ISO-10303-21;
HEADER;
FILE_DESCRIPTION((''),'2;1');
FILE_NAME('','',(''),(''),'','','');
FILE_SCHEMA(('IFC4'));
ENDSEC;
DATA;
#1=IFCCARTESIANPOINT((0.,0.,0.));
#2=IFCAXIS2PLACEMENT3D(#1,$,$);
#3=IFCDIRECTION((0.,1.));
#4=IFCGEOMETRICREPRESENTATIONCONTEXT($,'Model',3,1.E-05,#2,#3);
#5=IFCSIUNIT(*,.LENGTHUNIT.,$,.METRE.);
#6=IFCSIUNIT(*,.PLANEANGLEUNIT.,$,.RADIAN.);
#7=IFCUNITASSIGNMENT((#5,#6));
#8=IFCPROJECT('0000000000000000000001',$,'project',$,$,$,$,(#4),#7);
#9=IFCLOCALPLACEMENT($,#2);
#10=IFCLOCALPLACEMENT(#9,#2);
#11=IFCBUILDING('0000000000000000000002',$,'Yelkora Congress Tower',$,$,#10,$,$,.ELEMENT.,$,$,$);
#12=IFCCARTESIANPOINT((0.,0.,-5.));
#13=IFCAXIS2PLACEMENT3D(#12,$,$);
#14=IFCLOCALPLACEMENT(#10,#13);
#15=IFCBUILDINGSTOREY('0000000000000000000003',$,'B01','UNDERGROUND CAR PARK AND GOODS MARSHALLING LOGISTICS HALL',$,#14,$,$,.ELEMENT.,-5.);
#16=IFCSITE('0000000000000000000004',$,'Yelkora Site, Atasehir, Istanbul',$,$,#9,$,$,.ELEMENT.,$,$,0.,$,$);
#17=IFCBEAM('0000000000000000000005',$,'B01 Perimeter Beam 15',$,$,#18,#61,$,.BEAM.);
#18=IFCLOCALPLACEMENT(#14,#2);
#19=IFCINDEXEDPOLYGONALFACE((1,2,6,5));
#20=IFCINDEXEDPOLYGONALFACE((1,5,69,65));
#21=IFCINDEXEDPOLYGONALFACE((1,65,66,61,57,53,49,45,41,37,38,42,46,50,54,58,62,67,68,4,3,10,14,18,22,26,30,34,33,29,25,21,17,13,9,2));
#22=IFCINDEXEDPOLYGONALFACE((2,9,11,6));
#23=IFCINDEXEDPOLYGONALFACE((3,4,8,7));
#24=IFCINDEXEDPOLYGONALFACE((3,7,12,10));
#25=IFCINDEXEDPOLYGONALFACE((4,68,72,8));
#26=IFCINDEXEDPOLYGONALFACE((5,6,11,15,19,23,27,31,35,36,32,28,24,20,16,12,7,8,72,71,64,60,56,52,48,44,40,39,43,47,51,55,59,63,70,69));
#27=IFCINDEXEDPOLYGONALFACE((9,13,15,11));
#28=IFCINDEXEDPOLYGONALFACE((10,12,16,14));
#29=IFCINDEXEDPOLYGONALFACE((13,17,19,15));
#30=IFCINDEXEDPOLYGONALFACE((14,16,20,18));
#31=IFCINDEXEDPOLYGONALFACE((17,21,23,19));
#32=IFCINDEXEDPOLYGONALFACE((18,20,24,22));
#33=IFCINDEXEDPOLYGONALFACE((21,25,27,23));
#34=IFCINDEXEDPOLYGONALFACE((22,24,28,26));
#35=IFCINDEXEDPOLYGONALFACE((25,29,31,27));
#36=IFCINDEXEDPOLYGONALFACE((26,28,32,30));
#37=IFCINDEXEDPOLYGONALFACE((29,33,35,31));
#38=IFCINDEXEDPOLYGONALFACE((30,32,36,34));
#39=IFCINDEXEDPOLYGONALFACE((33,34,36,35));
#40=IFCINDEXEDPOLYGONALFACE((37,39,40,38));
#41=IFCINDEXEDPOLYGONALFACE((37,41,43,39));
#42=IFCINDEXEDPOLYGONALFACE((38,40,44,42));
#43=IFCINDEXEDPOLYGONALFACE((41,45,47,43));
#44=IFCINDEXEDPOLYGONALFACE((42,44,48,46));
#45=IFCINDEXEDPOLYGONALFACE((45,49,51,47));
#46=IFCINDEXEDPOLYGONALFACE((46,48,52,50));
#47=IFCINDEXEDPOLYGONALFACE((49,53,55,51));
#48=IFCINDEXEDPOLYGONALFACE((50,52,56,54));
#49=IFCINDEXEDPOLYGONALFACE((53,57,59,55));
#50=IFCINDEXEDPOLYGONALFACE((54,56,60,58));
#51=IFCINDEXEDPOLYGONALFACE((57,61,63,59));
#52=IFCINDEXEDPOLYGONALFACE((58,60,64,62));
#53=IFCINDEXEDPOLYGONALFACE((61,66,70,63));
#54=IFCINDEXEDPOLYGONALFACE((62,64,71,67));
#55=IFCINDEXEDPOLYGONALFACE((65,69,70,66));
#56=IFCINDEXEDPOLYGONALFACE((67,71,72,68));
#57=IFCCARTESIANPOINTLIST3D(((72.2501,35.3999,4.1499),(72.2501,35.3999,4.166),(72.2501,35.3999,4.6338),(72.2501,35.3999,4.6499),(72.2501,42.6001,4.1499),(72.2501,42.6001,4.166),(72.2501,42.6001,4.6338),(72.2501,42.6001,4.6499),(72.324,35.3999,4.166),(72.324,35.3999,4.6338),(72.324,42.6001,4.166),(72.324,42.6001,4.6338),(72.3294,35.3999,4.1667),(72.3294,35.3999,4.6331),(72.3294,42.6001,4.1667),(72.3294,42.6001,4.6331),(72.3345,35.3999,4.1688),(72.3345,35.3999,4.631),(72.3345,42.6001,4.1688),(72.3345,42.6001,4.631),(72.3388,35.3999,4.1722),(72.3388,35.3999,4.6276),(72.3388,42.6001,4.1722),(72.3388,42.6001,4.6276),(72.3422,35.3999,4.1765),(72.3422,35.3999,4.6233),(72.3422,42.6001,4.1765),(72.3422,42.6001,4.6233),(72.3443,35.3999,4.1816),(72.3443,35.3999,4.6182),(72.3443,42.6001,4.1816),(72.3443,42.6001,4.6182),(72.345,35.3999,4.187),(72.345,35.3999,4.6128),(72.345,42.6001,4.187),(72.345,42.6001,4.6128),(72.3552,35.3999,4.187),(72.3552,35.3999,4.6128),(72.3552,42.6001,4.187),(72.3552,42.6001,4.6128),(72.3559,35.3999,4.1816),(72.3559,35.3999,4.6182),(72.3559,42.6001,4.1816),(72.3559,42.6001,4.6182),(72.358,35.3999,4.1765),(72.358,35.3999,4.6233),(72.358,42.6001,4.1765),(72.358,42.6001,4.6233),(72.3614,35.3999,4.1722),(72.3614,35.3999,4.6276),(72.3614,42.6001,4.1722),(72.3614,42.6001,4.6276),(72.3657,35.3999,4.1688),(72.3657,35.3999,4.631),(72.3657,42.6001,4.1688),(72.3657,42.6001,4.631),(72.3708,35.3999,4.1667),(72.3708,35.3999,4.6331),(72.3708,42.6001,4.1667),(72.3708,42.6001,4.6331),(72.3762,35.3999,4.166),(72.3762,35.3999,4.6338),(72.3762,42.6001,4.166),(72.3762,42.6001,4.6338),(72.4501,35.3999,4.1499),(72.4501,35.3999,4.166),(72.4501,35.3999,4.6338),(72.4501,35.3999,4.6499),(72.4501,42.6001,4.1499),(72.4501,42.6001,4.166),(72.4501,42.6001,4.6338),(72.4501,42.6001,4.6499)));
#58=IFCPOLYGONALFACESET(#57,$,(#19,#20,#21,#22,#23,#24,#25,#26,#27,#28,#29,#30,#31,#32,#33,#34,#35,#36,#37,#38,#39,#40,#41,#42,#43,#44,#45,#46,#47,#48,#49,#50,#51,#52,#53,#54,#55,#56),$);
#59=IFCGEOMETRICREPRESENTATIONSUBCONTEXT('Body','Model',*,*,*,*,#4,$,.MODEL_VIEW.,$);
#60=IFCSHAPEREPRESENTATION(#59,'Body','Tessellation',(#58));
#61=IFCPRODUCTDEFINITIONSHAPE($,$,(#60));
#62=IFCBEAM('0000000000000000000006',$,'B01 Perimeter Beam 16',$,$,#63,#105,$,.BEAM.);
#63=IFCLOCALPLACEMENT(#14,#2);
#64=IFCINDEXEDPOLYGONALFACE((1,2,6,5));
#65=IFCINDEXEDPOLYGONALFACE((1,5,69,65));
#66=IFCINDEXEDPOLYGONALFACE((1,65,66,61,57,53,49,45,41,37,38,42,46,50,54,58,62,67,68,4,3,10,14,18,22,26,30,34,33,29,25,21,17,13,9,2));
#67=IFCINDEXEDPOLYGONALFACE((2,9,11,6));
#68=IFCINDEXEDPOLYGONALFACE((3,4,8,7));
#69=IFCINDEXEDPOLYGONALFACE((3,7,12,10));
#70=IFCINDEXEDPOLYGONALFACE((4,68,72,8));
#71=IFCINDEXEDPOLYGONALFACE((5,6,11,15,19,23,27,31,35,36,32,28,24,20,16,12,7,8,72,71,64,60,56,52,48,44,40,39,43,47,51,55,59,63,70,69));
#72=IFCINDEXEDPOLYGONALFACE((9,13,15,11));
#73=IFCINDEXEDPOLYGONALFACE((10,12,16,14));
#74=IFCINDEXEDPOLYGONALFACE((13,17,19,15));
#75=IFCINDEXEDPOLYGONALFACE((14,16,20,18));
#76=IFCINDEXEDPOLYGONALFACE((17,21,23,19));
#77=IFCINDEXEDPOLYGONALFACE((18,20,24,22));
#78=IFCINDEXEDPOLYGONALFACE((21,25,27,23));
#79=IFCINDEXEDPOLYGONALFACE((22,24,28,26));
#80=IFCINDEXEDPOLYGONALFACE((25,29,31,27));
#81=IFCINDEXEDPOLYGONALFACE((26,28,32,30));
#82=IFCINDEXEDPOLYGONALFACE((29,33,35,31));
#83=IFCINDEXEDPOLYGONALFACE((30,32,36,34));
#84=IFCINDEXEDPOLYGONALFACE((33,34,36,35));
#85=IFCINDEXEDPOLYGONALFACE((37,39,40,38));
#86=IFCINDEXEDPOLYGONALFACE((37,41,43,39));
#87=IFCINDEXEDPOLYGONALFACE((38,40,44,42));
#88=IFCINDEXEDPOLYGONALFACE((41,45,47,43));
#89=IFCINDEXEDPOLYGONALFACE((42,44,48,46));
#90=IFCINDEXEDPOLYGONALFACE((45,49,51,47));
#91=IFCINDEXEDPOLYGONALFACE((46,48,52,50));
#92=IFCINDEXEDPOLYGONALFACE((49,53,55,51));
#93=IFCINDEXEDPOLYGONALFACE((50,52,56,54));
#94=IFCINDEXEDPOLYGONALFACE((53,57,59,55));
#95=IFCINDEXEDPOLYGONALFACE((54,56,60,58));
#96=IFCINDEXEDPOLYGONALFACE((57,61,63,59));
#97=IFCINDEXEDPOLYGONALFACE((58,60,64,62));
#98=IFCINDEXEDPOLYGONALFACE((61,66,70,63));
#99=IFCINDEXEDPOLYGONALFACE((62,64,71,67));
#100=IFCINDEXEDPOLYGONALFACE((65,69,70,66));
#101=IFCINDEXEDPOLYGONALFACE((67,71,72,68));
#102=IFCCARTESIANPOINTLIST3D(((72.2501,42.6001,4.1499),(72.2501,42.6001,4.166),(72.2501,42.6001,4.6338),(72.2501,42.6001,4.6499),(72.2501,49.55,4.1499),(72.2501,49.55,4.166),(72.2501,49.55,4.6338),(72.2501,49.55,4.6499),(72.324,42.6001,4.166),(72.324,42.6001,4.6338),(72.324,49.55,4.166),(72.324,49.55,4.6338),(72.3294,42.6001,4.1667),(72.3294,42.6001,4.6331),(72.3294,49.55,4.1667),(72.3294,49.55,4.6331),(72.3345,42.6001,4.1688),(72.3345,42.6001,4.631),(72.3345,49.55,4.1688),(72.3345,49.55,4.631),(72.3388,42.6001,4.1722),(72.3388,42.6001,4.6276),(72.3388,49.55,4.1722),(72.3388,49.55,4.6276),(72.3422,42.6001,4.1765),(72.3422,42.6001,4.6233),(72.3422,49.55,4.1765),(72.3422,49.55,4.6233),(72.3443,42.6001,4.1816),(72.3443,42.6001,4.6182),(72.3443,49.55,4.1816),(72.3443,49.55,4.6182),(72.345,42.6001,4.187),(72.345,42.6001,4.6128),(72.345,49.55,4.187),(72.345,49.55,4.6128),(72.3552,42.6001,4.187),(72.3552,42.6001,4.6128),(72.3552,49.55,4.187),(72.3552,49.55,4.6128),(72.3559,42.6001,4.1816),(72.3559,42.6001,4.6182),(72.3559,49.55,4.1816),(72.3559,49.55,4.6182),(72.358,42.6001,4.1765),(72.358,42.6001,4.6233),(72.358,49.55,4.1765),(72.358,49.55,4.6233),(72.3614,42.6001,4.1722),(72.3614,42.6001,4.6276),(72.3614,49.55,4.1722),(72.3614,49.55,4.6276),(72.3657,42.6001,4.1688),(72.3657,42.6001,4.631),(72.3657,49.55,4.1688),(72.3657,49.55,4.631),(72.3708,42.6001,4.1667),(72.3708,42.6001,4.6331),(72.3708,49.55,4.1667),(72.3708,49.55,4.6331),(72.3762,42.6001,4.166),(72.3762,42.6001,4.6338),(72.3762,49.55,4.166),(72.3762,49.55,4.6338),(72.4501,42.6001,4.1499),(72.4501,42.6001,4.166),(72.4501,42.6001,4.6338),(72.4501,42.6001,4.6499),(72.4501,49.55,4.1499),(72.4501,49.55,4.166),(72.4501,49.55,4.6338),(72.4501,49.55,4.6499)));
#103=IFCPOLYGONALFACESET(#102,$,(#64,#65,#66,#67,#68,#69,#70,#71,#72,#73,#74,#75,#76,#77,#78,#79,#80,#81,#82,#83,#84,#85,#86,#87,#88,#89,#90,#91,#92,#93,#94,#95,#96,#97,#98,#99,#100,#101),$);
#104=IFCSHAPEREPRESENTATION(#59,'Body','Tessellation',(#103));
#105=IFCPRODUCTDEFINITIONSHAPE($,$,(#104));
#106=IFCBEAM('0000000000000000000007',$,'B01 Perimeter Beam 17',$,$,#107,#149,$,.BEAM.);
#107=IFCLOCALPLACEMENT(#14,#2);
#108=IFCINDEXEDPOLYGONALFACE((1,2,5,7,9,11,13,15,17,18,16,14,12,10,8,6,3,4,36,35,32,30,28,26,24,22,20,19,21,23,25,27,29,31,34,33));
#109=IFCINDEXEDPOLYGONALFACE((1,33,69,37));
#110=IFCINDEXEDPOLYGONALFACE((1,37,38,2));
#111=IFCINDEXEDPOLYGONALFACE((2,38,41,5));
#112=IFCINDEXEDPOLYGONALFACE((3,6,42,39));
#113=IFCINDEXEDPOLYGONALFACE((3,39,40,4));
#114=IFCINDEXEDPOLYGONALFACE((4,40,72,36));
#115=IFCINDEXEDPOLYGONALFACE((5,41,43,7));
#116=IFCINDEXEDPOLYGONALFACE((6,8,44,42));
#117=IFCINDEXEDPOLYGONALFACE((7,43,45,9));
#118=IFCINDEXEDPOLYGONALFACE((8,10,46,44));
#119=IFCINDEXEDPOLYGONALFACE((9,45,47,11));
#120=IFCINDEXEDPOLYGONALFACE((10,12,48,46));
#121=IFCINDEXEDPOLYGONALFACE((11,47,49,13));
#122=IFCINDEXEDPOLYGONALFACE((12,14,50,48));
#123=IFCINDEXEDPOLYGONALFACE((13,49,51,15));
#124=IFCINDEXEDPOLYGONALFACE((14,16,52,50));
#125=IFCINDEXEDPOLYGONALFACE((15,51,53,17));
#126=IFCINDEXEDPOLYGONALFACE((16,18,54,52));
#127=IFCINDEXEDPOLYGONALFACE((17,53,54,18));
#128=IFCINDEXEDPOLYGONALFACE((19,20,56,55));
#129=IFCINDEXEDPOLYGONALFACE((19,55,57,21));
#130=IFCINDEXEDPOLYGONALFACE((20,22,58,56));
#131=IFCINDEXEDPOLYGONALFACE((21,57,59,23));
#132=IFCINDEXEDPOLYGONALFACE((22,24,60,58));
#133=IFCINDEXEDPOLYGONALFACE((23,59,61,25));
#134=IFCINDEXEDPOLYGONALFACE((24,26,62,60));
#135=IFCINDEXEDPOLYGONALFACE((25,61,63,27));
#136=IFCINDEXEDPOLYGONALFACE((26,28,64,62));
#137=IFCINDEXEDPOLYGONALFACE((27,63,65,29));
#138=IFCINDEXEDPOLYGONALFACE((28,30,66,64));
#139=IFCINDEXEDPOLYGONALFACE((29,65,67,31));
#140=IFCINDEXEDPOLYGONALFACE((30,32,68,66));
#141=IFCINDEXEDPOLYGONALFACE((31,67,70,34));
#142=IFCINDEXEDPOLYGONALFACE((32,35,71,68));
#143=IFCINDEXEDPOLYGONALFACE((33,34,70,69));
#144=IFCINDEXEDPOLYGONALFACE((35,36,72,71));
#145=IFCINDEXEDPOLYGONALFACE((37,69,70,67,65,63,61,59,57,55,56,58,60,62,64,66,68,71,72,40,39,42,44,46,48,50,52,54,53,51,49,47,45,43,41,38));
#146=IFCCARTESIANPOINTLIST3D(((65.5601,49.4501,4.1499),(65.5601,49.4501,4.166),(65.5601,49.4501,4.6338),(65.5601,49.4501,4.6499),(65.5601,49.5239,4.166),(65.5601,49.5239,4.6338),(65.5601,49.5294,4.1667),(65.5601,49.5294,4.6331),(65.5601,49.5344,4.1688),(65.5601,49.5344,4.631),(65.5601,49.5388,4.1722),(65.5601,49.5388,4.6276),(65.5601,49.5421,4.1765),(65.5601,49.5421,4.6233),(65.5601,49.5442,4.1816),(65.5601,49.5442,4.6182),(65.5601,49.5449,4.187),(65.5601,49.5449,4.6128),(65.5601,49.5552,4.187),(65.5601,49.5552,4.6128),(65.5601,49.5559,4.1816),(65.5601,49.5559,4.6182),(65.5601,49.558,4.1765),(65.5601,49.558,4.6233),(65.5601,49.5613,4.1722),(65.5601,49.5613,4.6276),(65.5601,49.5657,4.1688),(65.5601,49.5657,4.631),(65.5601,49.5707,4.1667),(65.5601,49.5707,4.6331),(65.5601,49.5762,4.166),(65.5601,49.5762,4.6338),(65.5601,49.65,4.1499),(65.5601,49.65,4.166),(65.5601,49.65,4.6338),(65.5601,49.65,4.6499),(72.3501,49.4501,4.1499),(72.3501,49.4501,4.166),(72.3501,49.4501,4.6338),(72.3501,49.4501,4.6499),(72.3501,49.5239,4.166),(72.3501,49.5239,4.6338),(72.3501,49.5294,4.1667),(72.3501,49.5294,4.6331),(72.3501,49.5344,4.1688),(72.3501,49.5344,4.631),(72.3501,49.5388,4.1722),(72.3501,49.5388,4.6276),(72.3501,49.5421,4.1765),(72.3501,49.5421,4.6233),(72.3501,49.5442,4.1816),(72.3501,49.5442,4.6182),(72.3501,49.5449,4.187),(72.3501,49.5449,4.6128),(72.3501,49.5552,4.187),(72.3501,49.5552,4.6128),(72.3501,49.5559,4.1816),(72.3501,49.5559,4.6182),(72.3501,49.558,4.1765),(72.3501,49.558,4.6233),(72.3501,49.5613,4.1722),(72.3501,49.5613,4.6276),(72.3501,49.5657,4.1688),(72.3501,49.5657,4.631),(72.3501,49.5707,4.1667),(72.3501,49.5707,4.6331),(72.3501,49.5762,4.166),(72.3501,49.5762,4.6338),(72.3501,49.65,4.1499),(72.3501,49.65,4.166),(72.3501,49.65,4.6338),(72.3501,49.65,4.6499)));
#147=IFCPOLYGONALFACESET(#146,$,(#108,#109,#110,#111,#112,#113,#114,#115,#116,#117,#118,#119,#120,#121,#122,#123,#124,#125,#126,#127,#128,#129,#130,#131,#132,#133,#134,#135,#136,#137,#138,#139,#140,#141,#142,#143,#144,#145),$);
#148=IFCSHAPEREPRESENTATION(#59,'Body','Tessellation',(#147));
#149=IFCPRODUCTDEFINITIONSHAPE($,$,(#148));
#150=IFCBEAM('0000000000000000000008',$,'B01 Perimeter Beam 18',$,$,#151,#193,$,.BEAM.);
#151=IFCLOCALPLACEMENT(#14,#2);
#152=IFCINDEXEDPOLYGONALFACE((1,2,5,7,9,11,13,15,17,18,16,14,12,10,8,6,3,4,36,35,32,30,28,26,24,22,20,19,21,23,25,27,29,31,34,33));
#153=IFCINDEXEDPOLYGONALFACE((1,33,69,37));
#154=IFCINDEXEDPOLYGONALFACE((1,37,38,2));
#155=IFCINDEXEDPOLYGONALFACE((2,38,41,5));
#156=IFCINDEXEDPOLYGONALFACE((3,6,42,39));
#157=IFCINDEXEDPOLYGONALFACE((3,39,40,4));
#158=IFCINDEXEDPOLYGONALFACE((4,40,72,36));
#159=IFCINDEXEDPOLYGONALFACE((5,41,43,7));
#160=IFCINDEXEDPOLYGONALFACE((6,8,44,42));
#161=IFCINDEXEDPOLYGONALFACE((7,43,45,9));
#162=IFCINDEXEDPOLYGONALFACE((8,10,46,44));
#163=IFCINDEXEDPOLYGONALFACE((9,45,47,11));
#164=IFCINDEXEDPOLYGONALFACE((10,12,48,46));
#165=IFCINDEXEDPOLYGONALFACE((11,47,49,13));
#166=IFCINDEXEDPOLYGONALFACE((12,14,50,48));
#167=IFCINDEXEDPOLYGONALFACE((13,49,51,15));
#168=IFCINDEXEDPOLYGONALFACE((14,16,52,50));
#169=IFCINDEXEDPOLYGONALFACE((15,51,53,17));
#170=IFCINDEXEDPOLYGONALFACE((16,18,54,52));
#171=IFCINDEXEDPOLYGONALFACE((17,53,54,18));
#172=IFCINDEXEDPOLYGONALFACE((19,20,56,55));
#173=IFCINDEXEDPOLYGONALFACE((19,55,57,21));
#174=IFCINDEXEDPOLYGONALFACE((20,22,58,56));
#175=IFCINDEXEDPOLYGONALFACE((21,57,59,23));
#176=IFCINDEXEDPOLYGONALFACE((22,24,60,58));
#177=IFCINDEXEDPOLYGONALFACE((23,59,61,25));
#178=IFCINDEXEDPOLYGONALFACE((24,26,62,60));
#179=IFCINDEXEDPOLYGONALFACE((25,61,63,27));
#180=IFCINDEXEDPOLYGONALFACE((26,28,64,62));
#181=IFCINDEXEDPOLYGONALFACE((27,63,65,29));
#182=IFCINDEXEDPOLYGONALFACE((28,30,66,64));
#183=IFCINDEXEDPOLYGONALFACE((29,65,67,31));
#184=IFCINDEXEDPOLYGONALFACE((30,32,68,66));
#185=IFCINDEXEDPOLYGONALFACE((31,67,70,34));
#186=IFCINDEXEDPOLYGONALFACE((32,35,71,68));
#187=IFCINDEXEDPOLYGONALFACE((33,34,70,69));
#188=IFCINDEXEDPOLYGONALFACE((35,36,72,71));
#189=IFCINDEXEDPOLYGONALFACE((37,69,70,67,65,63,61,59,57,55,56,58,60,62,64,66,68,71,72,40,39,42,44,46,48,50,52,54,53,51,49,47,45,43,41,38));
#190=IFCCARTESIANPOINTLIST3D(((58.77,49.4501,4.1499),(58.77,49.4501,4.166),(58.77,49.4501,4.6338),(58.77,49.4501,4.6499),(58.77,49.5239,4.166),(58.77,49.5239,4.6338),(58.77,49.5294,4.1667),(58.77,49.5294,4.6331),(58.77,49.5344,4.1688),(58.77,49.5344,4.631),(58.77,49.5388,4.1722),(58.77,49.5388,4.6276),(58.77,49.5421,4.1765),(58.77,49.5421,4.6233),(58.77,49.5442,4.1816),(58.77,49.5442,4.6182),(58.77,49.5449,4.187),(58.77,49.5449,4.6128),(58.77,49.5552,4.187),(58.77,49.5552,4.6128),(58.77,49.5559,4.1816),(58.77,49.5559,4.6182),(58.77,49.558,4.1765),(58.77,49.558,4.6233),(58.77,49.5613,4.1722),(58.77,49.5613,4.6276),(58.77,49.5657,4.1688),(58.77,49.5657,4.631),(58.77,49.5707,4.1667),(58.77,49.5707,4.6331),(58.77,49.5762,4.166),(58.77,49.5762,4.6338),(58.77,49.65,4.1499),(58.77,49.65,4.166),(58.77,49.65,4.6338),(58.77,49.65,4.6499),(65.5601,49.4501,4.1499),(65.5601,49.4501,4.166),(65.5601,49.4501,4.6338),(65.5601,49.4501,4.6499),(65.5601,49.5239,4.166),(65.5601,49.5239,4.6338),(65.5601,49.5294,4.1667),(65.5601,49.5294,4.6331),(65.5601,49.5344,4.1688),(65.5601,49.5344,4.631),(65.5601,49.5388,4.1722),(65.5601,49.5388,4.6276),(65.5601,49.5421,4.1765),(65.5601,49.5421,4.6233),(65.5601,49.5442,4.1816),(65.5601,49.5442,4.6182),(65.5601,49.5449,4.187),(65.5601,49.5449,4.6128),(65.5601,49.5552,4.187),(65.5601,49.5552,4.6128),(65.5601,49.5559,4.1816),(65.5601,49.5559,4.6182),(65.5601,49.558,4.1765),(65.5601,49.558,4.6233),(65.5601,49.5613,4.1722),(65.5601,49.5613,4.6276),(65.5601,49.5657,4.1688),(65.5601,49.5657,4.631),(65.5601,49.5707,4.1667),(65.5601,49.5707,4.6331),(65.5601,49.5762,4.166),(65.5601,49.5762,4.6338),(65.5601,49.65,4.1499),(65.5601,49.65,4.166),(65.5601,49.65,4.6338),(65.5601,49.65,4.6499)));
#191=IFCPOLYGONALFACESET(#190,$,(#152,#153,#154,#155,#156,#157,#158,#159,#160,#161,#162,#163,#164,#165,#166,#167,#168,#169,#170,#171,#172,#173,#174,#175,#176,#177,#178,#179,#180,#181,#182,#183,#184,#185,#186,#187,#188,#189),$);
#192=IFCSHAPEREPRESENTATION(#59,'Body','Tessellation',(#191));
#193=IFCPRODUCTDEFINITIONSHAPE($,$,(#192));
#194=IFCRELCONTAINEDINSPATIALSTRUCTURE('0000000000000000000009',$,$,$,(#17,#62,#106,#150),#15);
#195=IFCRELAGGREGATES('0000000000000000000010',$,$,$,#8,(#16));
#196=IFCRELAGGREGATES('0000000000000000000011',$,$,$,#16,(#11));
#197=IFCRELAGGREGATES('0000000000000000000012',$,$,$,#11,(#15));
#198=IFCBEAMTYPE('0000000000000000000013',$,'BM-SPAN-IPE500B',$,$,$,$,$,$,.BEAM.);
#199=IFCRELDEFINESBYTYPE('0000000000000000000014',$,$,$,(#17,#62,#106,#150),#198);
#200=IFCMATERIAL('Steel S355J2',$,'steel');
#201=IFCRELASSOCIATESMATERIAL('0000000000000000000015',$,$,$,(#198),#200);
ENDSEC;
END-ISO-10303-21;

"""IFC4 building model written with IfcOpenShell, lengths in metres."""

from ifc_helpers import new_model, si_unit, direction, frame, origin, origin_2d, place, context, subcontext, project, spatial, i_section, extrude, material, material_profile, profile_set, type_object, element, save


model = new_model("IFC4")

# Units and contexts
model_context = context("Model", 3, precision=1e-05, world=origin(), true_north=direction((0.0, 1.0)))
body_context = subcontext(model_context, "Body", "Model", "MODEL_VIEW")
ifc_project = project(units=[si_unit("LENGTHUNIT", "METRE"), si_unit("PLANEANGLEUNIT", "RADIAN")], contexts=[model_context])

# Site, building, storey
site_placement = place(None, origin())
site = spatial("IfcSite", under=ifc_project, at=site_placement, Name="Yelkora Site, Atasehir, Istanbul", CompositionType="ELEMENT", RefElevation=0.0)
building_placement = place(site_placement, origin())
building = spatial("IfcBuilding", under=site, at=building_placement, Name="Yelkora Congress Tower", CompositionType="ELEMENT")
storey_placement = place(building_placement, frame((0.0, 0.0, -5.0)))
storey = spatial("IfcBuildingStorey", under=building, at=storey_placement, Name="B01", Description="UNDERGROUND CAR PARK AND GOODS MARSHALLING LOGISTICS HALL", CompositionType="ELEMENT", Elevation=-5.0)

# Beams
ifc_material_1 = material(Name="Steel S355J2", Category="steel")
ifc_material_profile_1 = material_profile(ifc_material_1, i_section(OverallWidth=0.2, OverallDepth=0.5, WebThickness=0.0103, FlangeThickness=0.0161, FilletRadius=0.021, at=origin_2d()), Name="IPE 500")
ifc_profile_set_1 = profile_set([ifc_material_profile_1], Name="Steel S355J2")
beam_type_1 = type_object("IfcBeamType", Name="BM-SPAN-IPE500B", PredefinedType="BEAM", material=ifc_profile_set_1)
beam_1_placement = place(storey_placement, frame((72.3501, 35.3999, 4.3999), z_axis=(0.0, 1.0, 0.0), x_axis=(-1.0, 0.0, 0.0)))
element("IfcBeam", 1, at=beam_1_placement, inside=storey, type_object=beam_type_1, Name="B01 Perimeter Beam 15", PredefinedType="BEAM", context=body_context, shape_type="SweptSolid", body=[
    extrude(i_section(OverallWidth=0.2, OverallDepth=0.5, WebThickness=0.0103, FlangeThickness=0.0161, FilletRadius=0.021, at=origin_2d()), origin(), (0.0, 0.0, 1.0), 7.2002),
])
beam_2_placement = place(storey_placement, frame((72.3501, 42.6001, 4.3999), z_axis=(0.0, 1.0, 0.0), x_axis=(-1.0, 0.0, 0.0)))
element("IfcBeam", 2, at=beam_2_placement, inside=storey, type_object=beam_type_1, Name="B01 Perimeter Beam 16", PredefinedType="BEAM", context=body_context, shape_type="SweptSolid", body=[
    extrude(i_section(OverallWidth=0.2, OverallDepth=0.5, WebThickness=0.0103, FlangeThickness=0.0161, FilletRadius=0.021, at=origin_2d()), origin(), (0.0, 0.0, 1.0), 6.95),
])
for number, where, z_axis, x_axis, name in (
    (3, (72.3501, 49.55, 4.3999), (-1.0, 0.0, 0.0), (0.0, -1.0, 0.0), "B01 Perimeter Beam 17"),
    (4, (65.5601, 49.55, 4.3999), (-1.0, 0.0, 0.0), (0.0, -1.0, 0.0), "B01 Perimeter Beam 18"),
):
    element("IfcBeam", number, at=place(storey_placement, frame(where, z_axis=z_axis, x_axis=x_axis)), inside=storey, type_object=beam_type_1, Name=name, PredefinedType="BEAM", context=body_context, shape_type="SweptSolid", body=[
        extrude(i_section(OverallWidth=0.2, OverallDepth=0.5, WebThickness=0.0103, FlangeThickness=0.0161, FilletRadius=0.021, at=origin_2d()), origin(), (0.0, 0.0, 1.0), 6.79),
    ])

save(model, "model.ifc")
